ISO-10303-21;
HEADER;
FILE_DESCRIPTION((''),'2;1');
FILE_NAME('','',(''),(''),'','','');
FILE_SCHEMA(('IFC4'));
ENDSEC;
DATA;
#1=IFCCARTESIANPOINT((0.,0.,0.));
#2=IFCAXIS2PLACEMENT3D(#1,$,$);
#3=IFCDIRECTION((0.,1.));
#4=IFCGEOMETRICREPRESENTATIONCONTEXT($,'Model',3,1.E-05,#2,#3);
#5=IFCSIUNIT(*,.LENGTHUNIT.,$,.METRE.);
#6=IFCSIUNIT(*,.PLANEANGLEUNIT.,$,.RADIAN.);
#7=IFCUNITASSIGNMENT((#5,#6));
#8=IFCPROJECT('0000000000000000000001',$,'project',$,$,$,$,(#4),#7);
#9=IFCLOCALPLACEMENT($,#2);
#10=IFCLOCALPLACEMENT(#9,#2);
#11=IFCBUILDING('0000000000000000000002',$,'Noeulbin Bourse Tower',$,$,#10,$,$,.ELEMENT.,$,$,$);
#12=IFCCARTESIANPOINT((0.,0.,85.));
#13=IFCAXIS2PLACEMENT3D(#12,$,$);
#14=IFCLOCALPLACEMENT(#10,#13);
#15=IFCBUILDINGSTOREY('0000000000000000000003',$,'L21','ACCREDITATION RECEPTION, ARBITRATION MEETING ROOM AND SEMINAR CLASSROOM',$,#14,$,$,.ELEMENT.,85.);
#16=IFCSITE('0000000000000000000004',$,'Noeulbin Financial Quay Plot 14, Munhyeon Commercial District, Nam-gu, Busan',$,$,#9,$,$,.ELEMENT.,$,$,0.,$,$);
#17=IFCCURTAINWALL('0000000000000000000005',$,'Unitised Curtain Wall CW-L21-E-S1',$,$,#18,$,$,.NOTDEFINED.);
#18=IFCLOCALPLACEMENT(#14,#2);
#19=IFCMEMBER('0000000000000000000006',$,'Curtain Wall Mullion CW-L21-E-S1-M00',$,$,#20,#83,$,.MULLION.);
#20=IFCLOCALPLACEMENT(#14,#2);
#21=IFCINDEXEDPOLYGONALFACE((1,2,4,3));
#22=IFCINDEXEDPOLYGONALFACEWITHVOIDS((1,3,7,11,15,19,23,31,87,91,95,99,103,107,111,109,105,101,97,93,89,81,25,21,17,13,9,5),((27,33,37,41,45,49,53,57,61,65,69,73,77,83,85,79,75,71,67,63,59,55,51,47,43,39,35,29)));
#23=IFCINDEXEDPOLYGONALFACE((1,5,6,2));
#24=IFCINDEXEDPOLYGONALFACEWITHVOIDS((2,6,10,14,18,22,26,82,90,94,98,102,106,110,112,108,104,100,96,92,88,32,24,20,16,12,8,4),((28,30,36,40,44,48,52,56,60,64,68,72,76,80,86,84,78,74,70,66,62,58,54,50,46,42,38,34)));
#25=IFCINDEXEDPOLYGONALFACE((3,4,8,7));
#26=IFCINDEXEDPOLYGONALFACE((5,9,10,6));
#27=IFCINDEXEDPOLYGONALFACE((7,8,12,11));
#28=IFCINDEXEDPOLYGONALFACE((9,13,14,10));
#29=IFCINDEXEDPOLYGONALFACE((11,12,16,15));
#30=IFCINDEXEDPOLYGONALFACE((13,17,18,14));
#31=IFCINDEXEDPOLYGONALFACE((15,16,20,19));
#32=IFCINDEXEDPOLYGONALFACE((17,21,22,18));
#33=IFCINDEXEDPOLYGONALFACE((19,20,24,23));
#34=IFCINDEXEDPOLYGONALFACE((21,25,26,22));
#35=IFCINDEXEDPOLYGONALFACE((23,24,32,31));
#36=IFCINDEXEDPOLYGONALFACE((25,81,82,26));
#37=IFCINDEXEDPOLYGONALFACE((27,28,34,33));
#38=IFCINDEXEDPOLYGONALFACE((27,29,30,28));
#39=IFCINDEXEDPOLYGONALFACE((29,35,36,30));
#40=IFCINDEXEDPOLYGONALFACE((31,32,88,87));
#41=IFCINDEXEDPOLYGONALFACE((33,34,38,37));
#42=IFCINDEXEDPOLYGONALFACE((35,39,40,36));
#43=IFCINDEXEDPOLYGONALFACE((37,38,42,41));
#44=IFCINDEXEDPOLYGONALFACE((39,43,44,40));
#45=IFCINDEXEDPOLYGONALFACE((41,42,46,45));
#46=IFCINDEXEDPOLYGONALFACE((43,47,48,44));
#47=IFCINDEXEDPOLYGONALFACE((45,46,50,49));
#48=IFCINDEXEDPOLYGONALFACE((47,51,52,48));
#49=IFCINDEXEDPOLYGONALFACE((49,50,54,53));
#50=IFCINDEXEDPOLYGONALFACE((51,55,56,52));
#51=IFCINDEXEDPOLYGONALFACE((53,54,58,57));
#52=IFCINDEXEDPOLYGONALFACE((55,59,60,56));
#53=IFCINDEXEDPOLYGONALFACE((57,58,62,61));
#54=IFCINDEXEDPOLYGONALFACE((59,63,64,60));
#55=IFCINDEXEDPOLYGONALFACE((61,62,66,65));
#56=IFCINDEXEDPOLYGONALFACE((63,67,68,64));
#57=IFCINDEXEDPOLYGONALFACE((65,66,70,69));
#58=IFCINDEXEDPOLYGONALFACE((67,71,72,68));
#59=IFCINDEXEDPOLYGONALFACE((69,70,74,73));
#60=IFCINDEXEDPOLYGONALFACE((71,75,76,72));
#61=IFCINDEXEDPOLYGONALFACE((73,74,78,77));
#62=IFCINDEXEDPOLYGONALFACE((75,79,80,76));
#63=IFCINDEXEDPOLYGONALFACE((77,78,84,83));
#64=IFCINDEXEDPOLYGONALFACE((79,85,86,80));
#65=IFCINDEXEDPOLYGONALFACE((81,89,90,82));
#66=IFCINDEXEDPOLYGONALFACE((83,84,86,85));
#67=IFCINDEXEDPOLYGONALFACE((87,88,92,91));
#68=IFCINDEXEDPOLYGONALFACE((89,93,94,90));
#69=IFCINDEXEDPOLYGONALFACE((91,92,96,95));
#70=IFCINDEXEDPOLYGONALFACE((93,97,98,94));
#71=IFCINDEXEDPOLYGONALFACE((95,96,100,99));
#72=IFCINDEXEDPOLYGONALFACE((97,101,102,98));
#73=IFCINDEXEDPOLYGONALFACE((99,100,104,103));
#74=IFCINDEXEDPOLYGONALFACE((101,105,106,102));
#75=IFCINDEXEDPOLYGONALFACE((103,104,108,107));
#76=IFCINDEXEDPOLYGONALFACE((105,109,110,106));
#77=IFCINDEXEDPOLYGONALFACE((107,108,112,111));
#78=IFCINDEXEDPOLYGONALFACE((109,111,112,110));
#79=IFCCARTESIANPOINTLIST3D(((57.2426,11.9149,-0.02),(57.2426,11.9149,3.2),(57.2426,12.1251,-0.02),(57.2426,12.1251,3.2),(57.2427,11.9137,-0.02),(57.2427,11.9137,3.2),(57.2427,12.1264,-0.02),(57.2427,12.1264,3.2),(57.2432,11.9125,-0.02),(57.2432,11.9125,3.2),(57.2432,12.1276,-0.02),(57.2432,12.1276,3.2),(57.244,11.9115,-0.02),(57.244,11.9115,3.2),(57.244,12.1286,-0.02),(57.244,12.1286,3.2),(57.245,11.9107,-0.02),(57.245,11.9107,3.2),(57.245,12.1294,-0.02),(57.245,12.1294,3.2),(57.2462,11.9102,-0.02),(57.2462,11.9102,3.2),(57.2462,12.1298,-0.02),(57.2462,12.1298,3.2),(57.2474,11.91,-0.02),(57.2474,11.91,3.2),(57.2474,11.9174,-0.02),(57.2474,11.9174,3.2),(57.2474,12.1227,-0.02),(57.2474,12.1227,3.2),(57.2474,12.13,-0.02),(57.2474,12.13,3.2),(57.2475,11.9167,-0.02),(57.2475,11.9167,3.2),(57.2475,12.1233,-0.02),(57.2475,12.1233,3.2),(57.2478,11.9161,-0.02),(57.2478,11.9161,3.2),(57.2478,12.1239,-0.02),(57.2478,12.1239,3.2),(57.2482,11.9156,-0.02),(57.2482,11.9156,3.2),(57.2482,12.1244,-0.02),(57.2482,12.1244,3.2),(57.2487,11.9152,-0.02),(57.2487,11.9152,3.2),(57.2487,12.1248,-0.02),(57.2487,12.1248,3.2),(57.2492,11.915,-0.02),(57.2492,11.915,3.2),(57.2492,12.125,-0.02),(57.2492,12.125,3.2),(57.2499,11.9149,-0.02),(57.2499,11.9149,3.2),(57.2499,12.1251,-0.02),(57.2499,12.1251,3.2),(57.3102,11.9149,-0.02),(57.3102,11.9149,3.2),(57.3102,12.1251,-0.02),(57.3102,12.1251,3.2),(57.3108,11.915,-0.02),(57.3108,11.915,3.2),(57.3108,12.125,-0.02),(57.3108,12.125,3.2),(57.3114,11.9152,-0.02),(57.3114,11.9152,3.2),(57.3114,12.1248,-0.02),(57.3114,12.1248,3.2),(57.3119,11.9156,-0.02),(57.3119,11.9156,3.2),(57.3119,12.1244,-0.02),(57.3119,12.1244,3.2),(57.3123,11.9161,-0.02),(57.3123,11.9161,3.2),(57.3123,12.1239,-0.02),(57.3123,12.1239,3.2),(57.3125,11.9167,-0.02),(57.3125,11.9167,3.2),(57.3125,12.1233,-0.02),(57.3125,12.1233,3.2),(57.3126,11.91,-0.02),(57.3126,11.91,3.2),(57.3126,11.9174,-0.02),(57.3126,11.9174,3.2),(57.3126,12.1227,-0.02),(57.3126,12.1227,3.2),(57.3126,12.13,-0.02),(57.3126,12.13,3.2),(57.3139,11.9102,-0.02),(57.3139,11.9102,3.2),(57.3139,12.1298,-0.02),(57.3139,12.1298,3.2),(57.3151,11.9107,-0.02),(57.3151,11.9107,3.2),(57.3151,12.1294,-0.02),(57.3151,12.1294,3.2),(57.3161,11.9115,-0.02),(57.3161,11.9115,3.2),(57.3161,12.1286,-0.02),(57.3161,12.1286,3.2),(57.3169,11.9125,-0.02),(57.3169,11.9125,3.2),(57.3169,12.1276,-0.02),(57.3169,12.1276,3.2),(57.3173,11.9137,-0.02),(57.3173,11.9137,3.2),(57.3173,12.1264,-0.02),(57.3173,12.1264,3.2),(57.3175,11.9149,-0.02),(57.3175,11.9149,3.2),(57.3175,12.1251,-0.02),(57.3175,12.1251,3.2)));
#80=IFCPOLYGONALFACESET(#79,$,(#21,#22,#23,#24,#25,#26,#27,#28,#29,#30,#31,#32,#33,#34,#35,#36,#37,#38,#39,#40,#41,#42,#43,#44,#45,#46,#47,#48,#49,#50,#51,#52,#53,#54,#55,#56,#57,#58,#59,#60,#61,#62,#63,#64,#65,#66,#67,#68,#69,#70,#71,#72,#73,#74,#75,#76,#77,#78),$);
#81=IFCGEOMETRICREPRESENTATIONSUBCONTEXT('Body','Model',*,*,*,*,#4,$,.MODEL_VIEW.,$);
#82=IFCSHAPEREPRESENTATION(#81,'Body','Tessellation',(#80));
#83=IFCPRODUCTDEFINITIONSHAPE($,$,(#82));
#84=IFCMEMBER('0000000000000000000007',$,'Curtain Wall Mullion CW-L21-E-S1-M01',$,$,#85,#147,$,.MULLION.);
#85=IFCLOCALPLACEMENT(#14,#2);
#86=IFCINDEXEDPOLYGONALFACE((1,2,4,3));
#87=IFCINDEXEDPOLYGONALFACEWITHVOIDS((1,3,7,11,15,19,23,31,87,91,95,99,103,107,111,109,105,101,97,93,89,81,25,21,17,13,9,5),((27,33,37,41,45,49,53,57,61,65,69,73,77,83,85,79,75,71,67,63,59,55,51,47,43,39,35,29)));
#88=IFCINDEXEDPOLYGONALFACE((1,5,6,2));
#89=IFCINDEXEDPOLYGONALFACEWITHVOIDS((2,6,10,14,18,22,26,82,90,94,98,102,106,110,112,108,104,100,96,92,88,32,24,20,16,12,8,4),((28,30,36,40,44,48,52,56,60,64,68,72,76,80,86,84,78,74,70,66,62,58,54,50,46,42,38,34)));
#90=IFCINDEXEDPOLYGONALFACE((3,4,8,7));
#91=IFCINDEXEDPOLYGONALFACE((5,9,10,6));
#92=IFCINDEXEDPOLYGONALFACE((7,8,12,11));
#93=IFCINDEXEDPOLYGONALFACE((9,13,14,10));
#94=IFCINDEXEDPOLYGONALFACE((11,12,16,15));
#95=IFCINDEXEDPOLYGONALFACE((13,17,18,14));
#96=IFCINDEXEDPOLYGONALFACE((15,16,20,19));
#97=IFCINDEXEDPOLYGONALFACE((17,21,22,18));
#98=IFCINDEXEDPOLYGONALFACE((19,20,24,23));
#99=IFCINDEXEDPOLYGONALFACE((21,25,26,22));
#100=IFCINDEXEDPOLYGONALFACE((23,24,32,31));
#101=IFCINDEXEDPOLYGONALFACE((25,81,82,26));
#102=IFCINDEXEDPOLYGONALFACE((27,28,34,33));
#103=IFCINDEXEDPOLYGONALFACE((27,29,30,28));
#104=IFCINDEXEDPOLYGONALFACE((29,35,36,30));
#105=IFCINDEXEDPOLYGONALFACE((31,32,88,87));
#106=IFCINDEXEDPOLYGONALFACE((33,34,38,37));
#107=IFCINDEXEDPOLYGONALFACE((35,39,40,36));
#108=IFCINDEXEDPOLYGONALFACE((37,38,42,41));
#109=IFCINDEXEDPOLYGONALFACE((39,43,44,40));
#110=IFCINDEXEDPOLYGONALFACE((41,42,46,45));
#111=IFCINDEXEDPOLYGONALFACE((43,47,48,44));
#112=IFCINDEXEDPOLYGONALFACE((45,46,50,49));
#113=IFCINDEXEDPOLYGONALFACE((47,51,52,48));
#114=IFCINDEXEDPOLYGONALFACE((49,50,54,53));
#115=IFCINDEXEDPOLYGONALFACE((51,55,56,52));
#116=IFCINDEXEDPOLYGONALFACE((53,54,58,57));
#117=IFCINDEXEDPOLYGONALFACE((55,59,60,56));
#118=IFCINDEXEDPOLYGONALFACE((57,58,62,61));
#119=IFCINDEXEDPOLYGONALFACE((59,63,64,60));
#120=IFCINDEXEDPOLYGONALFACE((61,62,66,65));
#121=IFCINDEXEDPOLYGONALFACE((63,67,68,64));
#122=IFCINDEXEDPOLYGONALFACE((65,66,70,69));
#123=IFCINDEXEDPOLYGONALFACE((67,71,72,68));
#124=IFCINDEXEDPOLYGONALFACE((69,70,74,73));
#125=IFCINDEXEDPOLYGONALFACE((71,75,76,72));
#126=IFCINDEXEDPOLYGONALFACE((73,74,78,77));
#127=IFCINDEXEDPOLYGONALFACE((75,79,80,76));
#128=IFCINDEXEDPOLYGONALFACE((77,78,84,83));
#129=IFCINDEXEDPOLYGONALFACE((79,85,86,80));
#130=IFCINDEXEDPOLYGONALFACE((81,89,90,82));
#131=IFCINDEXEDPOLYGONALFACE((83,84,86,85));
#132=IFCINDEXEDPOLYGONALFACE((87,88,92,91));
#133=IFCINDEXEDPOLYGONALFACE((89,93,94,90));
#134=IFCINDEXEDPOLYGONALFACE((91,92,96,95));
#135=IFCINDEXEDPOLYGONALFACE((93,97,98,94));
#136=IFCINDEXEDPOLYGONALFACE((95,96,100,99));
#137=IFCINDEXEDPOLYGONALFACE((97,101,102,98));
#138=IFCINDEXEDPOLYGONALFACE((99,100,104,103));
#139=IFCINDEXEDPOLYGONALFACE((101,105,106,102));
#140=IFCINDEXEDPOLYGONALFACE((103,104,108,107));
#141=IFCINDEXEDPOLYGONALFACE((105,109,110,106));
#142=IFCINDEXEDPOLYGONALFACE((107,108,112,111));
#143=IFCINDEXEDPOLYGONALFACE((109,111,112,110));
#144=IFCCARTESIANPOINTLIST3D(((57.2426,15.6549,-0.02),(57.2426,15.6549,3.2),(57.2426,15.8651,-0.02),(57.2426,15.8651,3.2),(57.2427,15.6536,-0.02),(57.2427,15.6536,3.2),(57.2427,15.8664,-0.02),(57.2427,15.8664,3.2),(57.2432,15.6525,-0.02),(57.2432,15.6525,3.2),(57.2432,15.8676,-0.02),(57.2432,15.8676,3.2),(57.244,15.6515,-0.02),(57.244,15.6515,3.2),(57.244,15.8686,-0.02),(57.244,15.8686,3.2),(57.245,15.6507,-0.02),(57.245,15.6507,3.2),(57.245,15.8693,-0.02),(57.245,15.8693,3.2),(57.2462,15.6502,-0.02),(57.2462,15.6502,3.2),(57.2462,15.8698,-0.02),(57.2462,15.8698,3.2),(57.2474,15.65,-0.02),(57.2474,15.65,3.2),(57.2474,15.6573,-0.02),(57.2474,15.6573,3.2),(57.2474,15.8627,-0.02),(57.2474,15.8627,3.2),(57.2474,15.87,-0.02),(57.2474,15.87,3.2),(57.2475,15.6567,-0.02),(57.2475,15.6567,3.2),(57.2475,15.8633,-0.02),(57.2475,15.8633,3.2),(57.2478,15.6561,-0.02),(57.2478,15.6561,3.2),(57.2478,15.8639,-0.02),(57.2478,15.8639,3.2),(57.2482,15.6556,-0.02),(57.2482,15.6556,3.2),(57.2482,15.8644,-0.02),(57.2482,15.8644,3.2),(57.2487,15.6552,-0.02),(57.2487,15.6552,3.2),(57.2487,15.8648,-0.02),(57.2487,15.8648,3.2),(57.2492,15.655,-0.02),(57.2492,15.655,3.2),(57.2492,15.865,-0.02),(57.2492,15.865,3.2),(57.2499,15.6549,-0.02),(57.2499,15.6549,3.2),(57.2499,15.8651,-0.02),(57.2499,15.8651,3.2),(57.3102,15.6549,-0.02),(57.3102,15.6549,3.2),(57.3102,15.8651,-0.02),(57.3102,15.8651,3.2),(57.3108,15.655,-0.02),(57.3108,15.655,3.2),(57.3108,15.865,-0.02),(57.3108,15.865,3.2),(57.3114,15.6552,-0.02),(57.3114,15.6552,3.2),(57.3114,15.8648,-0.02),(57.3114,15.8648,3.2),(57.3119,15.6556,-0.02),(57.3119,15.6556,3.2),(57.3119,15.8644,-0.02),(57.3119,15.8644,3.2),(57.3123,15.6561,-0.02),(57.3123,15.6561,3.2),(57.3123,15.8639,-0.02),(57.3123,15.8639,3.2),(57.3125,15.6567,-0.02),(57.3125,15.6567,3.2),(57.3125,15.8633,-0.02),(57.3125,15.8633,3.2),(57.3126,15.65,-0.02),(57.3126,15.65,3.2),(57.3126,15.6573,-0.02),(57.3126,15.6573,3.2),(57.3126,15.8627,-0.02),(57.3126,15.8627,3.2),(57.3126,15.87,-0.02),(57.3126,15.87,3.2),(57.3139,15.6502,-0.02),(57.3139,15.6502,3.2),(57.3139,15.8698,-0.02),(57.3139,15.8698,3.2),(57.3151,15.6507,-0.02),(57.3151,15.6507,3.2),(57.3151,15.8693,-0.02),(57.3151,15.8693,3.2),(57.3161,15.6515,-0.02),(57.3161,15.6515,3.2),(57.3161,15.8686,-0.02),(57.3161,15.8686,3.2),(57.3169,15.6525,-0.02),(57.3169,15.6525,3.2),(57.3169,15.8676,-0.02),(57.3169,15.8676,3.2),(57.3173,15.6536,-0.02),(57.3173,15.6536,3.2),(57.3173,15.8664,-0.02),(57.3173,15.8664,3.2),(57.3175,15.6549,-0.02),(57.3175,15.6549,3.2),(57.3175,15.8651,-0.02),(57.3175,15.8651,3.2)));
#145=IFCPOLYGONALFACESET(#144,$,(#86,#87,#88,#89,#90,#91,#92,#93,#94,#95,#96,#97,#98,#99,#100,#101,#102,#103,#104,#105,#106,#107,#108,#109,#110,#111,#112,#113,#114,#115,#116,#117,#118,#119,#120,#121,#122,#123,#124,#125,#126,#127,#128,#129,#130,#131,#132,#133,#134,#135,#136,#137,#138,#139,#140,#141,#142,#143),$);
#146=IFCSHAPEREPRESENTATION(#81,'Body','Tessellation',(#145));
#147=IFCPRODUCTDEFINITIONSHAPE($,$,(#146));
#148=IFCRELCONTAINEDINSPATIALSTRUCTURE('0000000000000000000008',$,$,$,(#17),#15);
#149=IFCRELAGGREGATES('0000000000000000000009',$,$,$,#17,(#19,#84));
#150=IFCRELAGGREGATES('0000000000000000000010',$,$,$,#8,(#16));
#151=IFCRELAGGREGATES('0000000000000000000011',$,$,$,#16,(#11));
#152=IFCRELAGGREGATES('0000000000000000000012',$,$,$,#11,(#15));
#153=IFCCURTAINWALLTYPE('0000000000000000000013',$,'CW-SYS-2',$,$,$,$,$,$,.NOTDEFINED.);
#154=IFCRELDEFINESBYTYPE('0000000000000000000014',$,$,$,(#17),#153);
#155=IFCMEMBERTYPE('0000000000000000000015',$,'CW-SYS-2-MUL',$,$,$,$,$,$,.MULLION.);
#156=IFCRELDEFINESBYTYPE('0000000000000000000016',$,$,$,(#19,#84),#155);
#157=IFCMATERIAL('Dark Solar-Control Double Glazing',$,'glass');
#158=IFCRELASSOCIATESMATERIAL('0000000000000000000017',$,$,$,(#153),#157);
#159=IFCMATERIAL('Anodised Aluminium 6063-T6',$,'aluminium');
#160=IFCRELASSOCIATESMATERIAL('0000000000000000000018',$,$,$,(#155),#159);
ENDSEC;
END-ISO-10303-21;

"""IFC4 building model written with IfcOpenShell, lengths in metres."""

from ifc_helpers import new_model, si_unit, direction, frame, origin, origin_2d, place, context, subcontext, project, spatial, hollow_rectangle, extrude, material, material_profile, profile_set, type_object, element, aggregate, save


model = new_model("IFC4")

# Units and contexts
model_context = context("Model", 3, precision=1e-05, world=origin(), true_north=direction((0.0, 1.0)))
body_context = subcontext(model_context, "Body", "Model", "MODEL_VIEW")
ifc_project = project(units=[si_unit("LENGTHUNIT", "METRE"), si_unit("PLANEANGLEUNIT", "RADIAN")], contexts=[model_context])

# Site, building, storey
site_placement = place(None, origin())
site = spatial("IfcSite", under=ifc_project, at=site_placement, Name="Noeulbin Financial Quay Plot 14, Munhyeon Commercial District, Nam-gu, Busan", CompositionType="ELEMENT", RefElevation=0.0)
building_placement = place(site_placement, origin())
building = spatial("IfcBuilding", under=site, at=building_placement, Name="Noeulbin Bourse Tower", CompositionType="ELEMENT")
storey_placement = place(building_placement, frame((0.0, 0.0, 85.0)))
storey = spatial("IfcBuildingStorey", under=building, at=storey_placement, Name="L21", Description="ACCREDITATION RECEPTION, ARBITRATION MEETING ROOM AND SEMINAR CLASSROOM", CompositionType="ELEMENT", Elevation=85.0)

# Shared definitions
ifc_material_1 = material(Name="Dark Solar-Control Double Glazing", Category="glass")
curtain_wall_type = type_object("IfcCurtainWallType", Name="CW-SYS-2", PredefinedType="NOTDEFINED", material=ifc_material_1)
ifc_material_2 = material(Name="Anodised Aluminium 6063-T6", Category="aluminium")
ifc_material_profile_1 = material_profile(ifc_material_2, hollow_rectangle(XDim=0.075, YDim=0.22, WallThickness=0.0049, InnerFilletRadius=0.0024, OuterFilletRadius=0.0049, at=origin_2d()), Name="ALU-MULL-75x220x5", Category="LoadBearing")
ifc_profile_set_1 = profile_set([ifc_material_profile_1], Name="Anodised Aluminium 6063-T6")
member_type_1 = type_object("IfcMemberType", Name="CW-SYS-2-MUL", PredefinedType="MULLION", material=ifc_profile_set_1)

# Curtain wall, members
curtain_wall_1_placement = place(storey_placement, origin())
curtain_wall_1 = element("IfcCurtainWall", 1, at=curtain_wall_1_placement, inside=storey, type_object=curtain_wall_type, Name="Unitised Curtain Wall CW-L21-E-S1", PredefinedType="NOTDEFINED")
member_1_placement = place(storey_placement, frame((57.28, 12.02, -0.02), z_axis=(0.0, 0.0, 1.0), x_axis=(1.0, 0.0, 0.0)))
member_1 = element("IfcMember", 2, at=member_1_placement, type_object=member_type_1, Name="Curtain Wall Mullion CW-L21-E-S1-M00", PredefinedType="MULLION", context=body_context, shape_type="SweptSolid", body=[
    extrude(hollow_rectangle(XDim=0.075, YDim=0.22, WallThickness=0.0049, InnerFilletRadius=0.0024, OuterFilletRadius=0.0049, at=origin_2d()), origin(), (0.0, 0.0, 1.0), 3.22),
])
member_2_placement = place(storey_placement, frame((57.28, 15.76, -0.02), z_axis=(0.0, 0.0, 1.0), x_axis=(1.0, 0.0, 0.0)))
member_2 = element("IfcMember", 3, at=member_2_placement, type_object=member_type_1, Name="Curtain Wall Mullion CW-L21-E-S1-M01", PredefinedType="MULLION", context=body_context, shape_type="SweptSolid", body=[
    extrude(hollow_rectangle(XDim=0.075, YDim=0.22, WallThickness=0.0049, InnerFilletRadius=0.0024, OuterFilletRadius=0.0049, at=origin_2d()), origin(), (0.0, 0.0, 1.0), 3.22),
])

aggregate(curtain_wall_1, [member_1, member_2])

save(model, "model.ifc")
